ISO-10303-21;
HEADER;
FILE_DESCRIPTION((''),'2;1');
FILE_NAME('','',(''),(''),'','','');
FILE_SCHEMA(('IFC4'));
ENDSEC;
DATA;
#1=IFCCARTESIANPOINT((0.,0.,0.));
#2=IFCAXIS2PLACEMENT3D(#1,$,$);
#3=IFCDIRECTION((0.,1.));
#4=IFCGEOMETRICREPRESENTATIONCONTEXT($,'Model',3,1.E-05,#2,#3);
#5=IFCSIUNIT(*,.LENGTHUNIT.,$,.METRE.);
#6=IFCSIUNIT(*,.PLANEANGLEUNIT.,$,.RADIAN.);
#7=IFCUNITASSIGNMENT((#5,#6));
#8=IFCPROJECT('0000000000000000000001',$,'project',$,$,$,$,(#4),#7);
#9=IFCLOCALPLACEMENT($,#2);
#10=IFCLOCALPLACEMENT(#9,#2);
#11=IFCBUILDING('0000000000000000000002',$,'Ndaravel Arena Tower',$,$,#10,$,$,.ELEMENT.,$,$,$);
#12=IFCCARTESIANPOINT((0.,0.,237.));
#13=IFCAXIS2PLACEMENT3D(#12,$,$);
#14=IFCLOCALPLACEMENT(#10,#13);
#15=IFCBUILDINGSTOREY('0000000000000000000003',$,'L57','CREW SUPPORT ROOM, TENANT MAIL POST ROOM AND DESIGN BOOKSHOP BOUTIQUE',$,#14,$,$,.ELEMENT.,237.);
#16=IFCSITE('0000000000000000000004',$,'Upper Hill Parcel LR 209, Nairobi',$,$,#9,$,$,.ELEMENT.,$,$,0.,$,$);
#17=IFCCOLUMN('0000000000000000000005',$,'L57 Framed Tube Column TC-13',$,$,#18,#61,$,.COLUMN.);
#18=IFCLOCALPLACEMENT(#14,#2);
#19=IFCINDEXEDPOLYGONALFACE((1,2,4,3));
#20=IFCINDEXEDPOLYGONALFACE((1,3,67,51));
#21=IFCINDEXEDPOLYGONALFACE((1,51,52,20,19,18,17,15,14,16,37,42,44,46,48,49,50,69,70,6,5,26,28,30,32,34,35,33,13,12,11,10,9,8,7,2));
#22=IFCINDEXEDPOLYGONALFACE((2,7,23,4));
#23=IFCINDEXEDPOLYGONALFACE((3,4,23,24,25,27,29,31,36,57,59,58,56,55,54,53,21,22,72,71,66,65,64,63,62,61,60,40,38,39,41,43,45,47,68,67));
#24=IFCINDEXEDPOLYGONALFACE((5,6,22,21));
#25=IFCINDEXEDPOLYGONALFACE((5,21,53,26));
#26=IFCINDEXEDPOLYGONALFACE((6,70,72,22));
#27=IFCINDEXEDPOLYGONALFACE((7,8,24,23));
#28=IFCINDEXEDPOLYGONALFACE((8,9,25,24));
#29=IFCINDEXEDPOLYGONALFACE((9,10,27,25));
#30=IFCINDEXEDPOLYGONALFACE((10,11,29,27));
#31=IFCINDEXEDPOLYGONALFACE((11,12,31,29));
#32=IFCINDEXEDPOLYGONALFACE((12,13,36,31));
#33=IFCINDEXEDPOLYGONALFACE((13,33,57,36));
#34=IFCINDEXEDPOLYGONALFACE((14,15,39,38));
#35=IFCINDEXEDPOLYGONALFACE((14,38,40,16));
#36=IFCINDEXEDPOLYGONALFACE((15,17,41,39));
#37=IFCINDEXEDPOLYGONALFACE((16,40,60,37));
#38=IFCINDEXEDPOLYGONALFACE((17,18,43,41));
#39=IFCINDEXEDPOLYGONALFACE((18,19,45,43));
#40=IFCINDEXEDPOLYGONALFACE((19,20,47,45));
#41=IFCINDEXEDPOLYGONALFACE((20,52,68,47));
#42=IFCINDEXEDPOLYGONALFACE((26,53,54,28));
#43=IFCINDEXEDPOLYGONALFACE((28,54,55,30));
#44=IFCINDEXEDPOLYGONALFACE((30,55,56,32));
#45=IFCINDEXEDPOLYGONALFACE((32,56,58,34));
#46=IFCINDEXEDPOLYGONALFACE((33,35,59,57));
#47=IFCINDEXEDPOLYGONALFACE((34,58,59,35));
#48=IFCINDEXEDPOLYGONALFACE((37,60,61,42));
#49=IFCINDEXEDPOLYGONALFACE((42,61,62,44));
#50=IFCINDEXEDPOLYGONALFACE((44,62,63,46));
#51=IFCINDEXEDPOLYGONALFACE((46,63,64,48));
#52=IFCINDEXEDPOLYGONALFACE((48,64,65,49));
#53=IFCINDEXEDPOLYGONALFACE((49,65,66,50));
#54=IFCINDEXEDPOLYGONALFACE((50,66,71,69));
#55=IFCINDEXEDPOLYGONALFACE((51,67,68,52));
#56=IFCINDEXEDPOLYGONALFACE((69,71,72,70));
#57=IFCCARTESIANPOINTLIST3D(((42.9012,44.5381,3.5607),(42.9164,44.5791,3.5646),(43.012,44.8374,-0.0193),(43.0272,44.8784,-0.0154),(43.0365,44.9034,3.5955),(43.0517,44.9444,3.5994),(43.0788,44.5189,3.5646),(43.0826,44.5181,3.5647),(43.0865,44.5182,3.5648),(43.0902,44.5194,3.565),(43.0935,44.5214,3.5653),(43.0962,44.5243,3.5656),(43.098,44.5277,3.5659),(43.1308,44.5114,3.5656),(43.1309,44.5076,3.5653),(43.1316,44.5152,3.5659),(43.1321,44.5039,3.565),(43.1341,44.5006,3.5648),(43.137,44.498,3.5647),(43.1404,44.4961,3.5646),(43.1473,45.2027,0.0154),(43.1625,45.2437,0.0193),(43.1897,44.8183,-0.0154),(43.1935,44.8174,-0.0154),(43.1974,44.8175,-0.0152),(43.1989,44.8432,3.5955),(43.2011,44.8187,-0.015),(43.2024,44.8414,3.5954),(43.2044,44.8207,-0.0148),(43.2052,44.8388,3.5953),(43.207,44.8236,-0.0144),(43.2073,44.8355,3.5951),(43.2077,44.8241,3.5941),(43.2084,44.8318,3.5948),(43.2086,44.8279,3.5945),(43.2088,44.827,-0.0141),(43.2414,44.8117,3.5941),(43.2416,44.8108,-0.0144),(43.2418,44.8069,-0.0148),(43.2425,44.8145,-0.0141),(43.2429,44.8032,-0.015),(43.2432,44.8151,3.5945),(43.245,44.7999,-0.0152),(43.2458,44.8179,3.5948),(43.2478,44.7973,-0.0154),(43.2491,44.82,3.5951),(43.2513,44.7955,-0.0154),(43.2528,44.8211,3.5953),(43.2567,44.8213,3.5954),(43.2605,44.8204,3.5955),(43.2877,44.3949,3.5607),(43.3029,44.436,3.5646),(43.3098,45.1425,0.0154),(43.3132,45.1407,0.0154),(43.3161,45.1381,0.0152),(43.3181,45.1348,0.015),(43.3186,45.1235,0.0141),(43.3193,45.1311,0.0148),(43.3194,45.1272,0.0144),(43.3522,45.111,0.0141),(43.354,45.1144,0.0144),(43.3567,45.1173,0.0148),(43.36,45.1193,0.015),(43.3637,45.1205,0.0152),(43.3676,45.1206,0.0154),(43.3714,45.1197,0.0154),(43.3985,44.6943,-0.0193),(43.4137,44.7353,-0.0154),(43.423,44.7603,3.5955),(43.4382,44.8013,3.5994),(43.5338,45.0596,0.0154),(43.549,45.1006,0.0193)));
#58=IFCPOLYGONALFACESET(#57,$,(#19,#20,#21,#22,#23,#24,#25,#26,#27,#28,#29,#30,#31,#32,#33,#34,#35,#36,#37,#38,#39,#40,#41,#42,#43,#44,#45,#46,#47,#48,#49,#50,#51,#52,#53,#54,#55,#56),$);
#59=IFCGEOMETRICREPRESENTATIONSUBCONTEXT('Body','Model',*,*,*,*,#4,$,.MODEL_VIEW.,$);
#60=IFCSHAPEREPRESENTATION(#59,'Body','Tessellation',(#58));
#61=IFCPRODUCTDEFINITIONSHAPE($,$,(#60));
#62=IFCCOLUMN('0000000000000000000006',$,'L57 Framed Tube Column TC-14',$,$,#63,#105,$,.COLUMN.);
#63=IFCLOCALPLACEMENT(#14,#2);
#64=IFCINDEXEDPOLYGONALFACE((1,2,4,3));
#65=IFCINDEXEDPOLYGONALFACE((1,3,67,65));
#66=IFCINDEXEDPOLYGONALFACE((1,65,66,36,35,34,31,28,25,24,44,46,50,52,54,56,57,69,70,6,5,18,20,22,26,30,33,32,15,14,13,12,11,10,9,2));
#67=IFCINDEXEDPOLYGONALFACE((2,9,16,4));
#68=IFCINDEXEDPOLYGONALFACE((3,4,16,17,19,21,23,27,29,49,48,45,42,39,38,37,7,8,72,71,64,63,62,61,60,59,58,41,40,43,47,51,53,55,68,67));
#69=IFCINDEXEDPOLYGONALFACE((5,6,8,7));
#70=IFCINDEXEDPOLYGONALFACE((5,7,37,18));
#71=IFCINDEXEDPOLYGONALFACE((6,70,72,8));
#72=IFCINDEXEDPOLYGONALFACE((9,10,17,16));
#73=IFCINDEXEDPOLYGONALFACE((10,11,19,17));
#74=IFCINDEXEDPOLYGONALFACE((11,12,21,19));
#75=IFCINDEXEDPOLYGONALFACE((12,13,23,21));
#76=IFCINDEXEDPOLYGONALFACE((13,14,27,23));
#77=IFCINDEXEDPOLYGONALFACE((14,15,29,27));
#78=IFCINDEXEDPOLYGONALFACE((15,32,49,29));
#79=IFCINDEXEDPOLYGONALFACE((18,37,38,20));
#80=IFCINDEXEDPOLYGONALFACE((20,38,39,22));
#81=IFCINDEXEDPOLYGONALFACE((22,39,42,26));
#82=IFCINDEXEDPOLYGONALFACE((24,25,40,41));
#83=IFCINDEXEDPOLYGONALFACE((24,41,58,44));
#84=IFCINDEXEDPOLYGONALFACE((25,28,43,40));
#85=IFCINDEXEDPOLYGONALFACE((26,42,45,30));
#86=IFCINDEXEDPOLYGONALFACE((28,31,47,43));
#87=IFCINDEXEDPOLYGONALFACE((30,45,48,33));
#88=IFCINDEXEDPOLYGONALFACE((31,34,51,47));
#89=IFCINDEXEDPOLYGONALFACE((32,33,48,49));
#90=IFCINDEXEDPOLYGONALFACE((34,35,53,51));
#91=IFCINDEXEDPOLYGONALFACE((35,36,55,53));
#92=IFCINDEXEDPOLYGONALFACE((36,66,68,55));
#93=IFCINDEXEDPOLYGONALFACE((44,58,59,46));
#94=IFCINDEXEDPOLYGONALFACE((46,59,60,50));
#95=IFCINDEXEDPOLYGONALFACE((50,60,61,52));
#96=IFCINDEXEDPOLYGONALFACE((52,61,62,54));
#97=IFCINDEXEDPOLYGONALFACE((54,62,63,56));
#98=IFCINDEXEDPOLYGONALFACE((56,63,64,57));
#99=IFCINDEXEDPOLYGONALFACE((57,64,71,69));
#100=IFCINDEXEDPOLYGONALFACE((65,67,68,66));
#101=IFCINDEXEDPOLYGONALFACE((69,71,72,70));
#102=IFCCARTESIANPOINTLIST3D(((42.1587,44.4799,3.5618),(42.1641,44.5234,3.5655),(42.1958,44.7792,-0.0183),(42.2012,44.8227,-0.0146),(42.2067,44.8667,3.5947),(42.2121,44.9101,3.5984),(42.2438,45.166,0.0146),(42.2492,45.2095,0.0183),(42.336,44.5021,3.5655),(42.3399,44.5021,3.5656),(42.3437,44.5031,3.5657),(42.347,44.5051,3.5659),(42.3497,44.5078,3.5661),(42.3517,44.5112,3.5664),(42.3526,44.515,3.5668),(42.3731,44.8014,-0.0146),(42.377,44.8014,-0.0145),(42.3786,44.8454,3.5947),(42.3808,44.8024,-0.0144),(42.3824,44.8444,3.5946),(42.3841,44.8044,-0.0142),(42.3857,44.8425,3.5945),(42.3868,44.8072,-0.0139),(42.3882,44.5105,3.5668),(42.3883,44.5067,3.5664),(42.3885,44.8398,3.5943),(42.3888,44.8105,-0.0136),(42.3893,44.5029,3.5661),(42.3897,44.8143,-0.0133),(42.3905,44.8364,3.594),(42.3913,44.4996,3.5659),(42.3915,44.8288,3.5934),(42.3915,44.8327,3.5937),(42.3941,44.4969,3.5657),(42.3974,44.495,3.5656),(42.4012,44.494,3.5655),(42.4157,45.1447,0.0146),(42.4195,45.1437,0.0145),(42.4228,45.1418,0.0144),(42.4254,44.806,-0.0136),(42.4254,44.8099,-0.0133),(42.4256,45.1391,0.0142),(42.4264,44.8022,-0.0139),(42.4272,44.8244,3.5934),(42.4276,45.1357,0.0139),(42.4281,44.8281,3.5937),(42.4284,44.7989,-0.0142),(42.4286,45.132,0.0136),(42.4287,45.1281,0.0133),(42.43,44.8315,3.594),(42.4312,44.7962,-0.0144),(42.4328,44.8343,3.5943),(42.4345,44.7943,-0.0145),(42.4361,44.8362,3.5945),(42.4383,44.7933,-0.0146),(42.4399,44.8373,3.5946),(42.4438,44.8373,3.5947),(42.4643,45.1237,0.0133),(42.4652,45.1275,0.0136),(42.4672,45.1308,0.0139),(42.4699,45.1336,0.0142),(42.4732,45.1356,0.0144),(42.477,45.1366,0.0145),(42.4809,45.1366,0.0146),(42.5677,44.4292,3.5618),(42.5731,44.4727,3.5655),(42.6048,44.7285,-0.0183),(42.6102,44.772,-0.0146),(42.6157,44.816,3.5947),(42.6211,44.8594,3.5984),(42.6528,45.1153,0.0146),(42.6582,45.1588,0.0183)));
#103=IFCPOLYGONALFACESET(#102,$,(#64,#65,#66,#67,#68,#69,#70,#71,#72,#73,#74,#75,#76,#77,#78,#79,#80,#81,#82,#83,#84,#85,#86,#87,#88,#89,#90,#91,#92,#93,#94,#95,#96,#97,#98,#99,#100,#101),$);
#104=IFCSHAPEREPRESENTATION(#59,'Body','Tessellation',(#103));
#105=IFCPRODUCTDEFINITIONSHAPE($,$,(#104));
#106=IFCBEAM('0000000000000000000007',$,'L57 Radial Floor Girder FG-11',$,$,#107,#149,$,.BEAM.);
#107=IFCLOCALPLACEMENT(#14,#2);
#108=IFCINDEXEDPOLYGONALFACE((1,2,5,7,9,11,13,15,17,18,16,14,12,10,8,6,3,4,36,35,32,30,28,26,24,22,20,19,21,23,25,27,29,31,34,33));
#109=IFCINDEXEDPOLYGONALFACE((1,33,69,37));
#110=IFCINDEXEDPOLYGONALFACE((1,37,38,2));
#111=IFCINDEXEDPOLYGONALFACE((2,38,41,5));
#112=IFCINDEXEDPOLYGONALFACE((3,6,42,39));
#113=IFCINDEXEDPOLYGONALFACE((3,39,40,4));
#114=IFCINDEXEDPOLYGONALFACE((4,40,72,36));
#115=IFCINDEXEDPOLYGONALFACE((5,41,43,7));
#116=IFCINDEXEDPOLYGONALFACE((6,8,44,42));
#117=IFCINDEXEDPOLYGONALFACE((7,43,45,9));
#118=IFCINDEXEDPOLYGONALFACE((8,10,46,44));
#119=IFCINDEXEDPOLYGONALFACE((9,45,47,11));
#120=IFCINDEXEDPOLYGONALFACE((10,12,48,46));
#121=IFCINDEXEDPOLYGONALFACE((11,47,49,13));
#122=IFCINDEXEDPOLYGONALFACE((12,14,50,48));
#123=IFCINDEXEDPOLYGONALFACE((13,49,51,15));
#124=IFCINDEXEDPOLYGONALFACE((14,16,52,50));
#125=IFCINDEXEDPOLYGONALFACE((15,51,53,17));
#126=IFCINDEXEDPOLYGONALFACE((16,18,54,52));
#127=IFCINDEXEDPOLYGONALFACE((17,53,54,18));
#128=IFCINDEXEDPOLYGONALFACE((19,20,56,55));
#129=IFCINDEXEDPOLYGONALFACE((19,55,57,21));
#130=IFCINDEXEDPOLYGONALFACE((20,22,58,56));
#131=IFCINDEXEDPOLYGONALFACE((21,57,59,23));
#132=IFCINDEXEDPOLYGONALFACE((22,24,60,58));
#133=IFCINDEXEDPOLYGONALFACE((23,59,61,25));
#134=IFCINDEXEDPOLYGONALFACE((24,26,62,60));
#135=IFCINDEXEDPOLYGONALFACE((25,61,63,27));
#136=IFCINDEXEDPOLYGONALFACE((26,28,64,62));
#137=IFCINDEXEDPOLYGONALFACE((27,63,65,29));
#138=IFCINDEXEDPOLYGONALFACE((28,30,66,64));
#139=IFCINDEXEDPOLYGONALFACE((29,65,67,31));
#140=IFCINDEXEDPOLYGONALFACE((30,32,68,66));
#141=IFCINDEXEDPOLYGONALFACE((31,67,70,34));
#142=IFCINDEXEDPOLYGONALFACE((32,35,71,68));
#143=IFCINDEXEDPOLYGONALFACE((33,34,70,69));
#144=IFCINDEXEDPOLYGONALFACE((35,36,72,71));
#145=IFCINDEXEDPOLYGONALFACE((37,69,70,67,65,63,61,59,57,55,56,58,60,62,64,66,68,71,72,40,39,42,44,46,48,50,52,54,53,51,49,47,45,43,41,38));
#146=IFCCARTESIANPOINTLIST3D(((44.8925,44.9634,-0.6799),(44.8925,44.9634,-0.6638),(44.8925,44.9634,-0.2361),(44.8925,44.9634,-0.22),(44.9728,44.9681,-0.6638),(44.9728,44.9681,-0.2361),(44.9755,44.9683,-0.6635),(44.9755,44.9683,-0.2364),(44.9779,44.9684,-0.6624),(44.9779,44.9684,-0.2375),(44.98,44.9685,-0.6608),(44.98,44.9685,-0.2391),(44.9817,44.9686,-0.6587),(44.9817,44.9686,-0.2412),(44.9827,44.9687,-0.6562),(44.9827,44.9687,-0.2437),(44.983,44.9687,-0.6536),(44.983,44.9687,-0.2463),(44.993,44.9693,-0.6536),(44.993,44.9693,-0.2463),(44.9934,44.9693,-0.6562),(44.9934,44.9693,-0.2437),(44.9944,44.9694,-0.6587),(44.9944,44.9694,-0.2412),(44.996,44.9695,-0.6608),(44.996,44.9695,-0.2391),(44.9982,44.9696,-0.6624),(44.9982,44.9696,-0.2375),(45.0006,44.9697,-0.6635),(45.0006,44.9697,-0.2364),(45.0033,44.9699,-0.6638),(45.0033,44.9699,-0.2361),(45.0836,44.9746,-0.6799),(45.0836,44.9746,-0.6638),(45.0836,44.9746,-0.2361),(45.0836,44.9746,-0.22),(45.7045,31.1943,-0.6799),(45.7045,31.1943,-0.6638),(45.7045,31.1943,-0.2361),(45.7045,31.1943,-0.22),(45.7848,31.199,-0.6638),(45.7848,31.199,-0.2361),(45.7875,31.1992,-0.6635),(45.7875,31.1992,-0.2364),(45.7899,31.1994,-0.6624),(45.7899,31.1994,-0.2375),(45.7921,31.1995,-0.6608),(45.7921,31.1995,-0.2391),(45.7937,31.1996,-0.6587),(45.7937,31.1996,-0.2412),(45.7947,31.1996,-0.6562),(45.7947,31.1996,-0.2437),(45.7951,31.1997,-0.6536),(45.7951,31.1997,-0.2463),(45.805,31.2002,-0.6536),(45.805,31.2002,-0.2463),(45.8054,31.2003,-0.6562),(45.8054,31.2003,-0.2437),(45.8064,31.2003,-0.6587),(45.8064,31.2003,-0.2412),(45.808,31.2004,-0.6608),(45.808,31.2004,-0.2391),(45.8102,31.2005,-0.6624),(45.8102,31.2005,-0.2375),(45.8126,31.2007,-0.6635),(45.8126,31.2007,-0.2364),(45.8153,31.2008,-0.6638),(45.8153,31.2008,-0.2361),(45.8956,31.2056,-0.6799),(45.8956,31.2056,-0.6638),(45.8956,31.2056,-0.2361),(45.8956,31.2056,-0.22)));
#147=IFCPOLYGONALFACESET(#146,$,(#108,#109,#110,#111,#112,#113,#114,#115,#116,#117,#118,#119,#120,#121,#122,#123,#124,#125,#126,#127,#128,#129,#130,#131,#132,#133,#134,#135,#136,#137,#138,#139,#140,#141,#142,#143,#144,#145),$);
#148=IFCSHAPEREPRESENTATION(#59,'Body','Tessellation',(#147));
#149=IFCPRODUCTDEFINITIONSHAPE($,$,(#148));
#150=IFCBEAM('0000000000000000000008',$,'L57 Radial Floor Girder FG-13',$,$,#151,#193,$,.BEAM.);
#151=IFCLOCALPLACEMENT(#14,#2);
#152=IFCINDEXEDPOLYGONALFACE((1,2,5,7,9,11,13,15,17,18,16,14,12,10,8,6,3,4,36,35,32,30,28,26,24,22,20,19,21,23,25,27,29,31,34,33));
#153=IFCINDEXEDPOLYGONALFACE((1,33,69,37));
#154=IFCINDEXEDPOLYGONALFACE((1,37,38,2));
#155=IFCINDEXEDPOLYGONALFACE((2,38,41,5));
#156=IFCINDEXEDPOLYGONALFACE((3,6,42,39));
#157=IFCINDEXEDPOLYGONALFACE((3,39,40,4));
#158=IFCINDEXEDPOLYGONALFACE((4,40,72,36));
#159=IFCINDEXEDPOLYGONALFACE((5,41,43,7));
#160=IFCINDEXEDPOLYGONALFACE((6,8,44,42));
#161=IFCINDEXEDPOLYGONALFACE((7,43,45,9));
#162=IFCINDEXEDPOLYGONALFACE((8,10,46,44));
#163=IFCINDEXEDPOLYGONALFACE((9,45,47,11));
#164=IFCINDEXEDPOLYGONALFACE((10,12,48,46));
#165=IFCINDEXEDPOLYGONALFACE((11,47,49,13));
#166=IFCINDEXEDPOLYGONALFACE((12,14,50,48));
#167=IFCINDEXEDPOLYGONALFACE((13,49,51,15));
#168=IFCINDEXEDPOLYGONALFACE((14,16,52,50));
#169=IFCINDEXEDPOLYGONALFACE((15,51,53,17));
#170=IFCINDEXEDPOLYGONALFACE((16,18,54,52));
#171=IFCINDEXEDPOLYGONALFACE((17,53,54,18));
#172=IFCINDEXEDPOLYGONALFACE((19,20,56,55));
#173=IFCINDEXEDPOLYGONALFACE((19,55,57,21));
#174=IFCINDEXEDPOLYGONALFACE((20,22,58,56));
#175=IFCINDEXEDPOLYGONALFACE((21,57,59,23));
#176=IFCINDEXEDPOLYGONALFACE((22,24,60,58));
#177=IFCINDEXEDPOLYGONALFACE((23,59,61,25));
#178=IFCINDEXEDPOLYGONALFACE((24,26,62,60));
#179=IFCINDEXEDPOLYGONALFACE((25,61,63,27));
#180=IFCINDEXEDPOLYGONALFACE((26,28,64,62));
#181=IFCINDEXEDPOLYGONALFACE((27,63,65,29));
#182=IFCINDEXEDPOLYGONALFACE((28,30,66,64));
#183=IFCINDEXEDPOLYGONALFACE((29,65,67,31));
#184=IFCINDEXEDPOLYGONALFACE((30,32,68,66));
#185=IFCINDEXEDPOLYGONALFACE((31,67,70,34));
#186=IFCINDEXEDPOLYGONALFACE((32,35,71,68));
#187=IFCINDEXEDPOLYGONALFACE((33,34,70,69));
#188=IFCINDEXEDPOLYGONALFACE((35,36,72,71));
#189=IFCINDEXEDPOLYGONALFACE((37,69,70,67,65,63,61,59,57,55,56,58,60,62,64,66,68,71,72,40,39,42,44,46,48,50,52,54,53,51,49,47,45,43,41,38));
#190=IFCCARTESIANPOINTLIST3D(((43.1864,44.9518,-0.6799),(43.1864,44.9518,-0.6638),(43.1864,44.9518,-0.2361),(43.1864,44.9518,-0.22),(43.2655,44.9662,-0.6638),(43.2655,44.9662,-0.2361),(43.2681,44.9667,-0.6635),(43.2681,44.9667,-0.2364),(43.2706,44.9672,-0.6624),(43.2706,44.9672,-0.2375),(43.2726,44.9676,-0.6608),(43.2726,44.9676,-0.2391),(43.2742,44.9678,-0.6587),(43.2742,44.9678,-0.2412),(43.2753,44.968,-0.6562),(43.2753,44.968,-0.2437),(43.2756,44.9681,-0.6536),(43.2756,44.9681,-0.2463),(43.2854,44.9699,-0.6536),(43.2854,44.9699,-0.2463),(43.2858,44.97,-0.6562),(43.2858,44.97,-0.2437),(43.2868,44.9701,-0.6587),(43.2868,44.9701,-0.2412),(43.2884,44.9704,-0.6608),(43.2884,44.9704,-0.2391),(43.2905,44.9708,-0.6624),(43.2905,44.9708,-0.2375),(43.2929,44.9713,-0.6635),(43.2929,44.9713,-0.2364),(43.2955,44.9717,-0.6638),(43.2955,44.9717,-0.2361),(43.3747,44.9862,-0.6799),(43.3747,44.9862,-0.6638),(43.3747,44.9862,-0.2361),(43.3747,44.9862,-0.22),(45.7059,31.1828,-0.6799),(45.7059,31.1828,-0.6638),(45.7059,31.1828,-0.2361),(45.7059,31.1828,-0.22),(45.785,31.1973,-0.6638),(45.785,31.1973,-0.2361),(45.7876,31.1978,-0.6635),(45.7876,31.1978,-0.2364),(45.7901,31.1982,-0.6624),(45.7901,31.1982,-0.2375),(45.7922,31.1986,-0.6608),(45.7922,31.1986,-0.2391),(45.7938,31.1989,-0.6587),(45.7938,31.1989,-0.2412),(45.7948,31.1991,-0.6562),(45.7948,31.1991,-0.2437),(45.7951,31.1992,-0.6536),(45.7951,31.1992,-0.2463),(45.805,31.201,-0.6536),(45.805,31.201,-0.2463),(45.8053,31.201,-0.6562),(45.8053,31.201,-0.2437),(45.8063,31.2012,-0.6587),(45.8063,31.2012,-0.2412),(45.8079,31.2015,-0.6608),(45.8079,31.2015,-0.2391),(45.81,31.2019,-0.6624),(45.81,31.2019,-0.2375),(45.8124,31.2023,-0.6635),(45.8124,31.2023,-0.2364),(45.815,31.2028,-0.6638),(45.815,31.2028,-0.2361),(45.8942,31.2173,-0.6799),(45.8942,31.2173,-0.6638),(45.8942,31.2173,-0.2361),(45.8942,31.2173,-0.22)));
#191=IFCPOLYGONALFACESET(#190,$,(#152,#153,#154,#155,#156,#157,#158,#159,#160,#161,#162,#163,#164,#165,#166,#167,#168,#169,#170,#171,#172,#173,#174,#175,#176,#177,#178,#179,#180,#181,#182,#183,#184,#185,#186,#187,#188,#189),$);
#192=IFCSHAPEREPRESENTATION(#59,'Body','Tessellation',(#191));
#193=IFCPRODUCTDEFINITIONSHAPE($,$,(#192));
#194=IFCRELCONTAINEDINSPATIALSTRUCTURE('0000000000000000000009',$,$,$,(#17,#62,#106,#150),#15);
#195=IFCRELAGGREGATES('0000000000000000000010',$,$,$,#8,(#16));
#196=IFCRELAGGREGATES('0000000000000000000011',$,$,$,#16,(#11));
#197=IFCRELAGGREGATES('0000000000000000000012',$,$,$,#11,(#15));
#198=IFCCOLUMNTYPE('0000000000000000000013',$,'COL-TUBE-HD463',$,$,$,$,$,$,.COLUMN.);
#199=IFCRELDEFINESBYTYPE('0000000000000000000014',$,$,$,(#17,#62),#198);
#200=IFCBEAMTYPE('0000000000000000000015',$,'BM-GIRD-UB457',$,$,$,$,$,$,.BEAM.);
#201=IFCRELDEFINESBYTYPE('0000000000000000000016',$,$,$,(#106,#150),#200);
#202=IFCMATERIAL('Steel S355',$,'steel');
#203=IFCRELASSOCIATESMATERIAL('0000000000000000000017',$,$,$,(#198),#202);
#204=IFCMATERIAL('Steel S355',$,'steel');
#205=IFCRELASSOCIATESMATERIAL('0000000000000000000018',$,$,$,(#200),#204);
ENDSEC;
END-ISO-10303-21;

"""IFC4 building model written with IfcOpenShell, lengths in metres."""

from ifc_helpers import new_model, si_unit, direction, frame, origin, origin_2d, place, context, subcontext, project, spatial, i_section, extrude, material, material_profile, profile_set, type_object, element, save


model = new_model("IFC4")

# Units and contexts
model_context = context("Model", 3, precision=1e-05, world=origin(), true_north=direction((0.0, 1.0)))
body_context = subcontext(model_context, "Body", "Model", "MODEL_VIEW")
ifc_project = project(units=[si_unit("LENGTHUNIT", "METRE"), si_unit("PLANEANGLEUNIT", "RADIAN")], contexts=[model_context])

# Site, building, storey
site_placement = place(None, origin())
site = spatial("IfcSite", under=ifc_project, at=site_placement, Name="Upper Hill Parcel LR 209, Nairobi", CompositionType="ELEMENT", RefElevation=0.0)
building_placement = place(site_placement, origin())
building = spatial("IfcBuilding", under=site, at=building_placement, Name="Ndaravel Arena Tower", CompositionType="ELEMENT")
storey_placement = place(building_placement, frame((0.0, 0.0, 237.0)))
storey = spatial("IfcBuildingStorey", under=building, at=storey_placement, Name="L57", Description="CREW SUPPORT ROOM, TENANT MAIL POST ROOM AND DESIGN BOOKSHOP BOUTIQUE", CompositionType="ELEMENT", Elevation=237.0)

# Columns
ifc_material_1 = material(Name="Steel S355", Category="steel")
ifc_material_profile_1 = material_profile(ifc_material_1, i_section(OverallWidth=0.4121, OverallDepth=0.4351, WebThickness=0.0359, FlangeThickness=0.0439, FilletRadius=0.0149, at=origin_2d()), Name="HD 400x463")
ifc_profile_set_1 = profile_set([ifc_material_profile_1], Name="Steel S355")
column_type_1 = type_object("IfcColumnType", Name="COL-TUBE-HD463", PredefinedType="COLUMN", material=ifc_profile_set_1)
column_1_placement = place(storey_placement, frame((43.2805, 44.969, 0.0), z_axis=(-0.030838, -0.083276, 0.996049), x_axis=(0.937767, -0.347265, 0.0)))
element("IfcColumn", 1, at=column_1_placement, inside=storey, type_object=column_type_1, Name="L57 Framed Tube Column TC-13", PredefinedType="COLUMN", context=body_context, shape_type="SweptSolid", body=[
    extrude(i_section(OverallWidth=0.4121, OverallDepth=0.4351, WebThickness=0.0359, FlangeThickness=0.0439, FilletRadius=0.0149, at=origin_2d()), origin(), (0.0, 0.0, 1.0), 3.5942),
])
column_2_placement = place(storey_placement, frame((42.427, 44.969, 0.0), z_axis=(-0.010329, -0.083311, 0.99647), x_axis=(0.992402, -0.123038, 0.0)))
element("IfcColumn", 2, at=column_2_placement, inside=storey, type_object=column_type_1, Name="L57 Framed Tube Column TC-14", PredefinedType="COLUMN", context=body_context, shape_type="SweptSolid", body=[
    extrude(i_section(OverallWidth=0.4121, OverallDepth=0.4351, WebThickness=0.0359, FlangeThickness=0.0439, FilletRadius=0.0149, at=origin_2d()), origin(), (0.0, 0.0, 1.0), 3.5928),
])

# Beams
ifc_material_2 = material(Name="Steel S355", Category="steel")
ifc_material_profile_2 = material_profile(ifc_material_2, i_section(OverallWidth=0.1914, OverallDepth=0.46, WebThickness=0.01, FlangeThickness=0.0161, FilletRadius=0.0103, at=origin_2d()), Name="UB 457x191x82")
ifc_profile_set_2 = profile_set([ifc_material_profile_2], Name="Steel S355")
beam_type_1 = type_object("IfcBeamType", Name="BM-GIRD-UB457", PredefinedType="BEAM", material=ifc_profile_set_2)
beam_1_placement = place(storey_placement, frame((44.988, 44.969, -0.45), z_axis=(0.058871, -0.998266, 0.0), x_axis=(0.998266, 0.058871, 0.0)))
element("IfcBeam", 3, at=beam_1_placement, inside=storey, type_object=beam_type_1, Name="L57 Radial Floor Girder FG-11", PredefinedType="BEAM", context=body_context, shape_type="SweptSolid", body=[
    extrude(i_section(OverallWidth=0.1914, OverallDepth=0.46, WebThickness=0.01, FlangeThickness=0.0161, FilletRadius=0.0103, at=origin_2d()), origin(), (0.0, 0.0, 1.0), 13.793),
])
beam_2_placement = place(storey_placement, frame((43.2805, 44.969, -0.45), z_axis=(0.179997, -0.983667, 0.0), x_axis=(0.983667, 0.179997, 0.0)))
element("IfcBeam", 4, at=beam_2_placement, inside=storey, type_object=beam_type_1, Name="L57 Radial Floor Girder FG-13", PredefinedType="BEAM", context=body_context, shape_type="SweptSolid", body=[
    extrude(i_section(OverallWidth=0.1914, OverallDepth=0.46, WebThickness=0.01, FlangeThickness=0.0161, FilletRadius=0.0103, at=origin_2d()), origin(), (0.0, 0.0, 1.0), 13.9976),
])

save(model, "model.ifc")
